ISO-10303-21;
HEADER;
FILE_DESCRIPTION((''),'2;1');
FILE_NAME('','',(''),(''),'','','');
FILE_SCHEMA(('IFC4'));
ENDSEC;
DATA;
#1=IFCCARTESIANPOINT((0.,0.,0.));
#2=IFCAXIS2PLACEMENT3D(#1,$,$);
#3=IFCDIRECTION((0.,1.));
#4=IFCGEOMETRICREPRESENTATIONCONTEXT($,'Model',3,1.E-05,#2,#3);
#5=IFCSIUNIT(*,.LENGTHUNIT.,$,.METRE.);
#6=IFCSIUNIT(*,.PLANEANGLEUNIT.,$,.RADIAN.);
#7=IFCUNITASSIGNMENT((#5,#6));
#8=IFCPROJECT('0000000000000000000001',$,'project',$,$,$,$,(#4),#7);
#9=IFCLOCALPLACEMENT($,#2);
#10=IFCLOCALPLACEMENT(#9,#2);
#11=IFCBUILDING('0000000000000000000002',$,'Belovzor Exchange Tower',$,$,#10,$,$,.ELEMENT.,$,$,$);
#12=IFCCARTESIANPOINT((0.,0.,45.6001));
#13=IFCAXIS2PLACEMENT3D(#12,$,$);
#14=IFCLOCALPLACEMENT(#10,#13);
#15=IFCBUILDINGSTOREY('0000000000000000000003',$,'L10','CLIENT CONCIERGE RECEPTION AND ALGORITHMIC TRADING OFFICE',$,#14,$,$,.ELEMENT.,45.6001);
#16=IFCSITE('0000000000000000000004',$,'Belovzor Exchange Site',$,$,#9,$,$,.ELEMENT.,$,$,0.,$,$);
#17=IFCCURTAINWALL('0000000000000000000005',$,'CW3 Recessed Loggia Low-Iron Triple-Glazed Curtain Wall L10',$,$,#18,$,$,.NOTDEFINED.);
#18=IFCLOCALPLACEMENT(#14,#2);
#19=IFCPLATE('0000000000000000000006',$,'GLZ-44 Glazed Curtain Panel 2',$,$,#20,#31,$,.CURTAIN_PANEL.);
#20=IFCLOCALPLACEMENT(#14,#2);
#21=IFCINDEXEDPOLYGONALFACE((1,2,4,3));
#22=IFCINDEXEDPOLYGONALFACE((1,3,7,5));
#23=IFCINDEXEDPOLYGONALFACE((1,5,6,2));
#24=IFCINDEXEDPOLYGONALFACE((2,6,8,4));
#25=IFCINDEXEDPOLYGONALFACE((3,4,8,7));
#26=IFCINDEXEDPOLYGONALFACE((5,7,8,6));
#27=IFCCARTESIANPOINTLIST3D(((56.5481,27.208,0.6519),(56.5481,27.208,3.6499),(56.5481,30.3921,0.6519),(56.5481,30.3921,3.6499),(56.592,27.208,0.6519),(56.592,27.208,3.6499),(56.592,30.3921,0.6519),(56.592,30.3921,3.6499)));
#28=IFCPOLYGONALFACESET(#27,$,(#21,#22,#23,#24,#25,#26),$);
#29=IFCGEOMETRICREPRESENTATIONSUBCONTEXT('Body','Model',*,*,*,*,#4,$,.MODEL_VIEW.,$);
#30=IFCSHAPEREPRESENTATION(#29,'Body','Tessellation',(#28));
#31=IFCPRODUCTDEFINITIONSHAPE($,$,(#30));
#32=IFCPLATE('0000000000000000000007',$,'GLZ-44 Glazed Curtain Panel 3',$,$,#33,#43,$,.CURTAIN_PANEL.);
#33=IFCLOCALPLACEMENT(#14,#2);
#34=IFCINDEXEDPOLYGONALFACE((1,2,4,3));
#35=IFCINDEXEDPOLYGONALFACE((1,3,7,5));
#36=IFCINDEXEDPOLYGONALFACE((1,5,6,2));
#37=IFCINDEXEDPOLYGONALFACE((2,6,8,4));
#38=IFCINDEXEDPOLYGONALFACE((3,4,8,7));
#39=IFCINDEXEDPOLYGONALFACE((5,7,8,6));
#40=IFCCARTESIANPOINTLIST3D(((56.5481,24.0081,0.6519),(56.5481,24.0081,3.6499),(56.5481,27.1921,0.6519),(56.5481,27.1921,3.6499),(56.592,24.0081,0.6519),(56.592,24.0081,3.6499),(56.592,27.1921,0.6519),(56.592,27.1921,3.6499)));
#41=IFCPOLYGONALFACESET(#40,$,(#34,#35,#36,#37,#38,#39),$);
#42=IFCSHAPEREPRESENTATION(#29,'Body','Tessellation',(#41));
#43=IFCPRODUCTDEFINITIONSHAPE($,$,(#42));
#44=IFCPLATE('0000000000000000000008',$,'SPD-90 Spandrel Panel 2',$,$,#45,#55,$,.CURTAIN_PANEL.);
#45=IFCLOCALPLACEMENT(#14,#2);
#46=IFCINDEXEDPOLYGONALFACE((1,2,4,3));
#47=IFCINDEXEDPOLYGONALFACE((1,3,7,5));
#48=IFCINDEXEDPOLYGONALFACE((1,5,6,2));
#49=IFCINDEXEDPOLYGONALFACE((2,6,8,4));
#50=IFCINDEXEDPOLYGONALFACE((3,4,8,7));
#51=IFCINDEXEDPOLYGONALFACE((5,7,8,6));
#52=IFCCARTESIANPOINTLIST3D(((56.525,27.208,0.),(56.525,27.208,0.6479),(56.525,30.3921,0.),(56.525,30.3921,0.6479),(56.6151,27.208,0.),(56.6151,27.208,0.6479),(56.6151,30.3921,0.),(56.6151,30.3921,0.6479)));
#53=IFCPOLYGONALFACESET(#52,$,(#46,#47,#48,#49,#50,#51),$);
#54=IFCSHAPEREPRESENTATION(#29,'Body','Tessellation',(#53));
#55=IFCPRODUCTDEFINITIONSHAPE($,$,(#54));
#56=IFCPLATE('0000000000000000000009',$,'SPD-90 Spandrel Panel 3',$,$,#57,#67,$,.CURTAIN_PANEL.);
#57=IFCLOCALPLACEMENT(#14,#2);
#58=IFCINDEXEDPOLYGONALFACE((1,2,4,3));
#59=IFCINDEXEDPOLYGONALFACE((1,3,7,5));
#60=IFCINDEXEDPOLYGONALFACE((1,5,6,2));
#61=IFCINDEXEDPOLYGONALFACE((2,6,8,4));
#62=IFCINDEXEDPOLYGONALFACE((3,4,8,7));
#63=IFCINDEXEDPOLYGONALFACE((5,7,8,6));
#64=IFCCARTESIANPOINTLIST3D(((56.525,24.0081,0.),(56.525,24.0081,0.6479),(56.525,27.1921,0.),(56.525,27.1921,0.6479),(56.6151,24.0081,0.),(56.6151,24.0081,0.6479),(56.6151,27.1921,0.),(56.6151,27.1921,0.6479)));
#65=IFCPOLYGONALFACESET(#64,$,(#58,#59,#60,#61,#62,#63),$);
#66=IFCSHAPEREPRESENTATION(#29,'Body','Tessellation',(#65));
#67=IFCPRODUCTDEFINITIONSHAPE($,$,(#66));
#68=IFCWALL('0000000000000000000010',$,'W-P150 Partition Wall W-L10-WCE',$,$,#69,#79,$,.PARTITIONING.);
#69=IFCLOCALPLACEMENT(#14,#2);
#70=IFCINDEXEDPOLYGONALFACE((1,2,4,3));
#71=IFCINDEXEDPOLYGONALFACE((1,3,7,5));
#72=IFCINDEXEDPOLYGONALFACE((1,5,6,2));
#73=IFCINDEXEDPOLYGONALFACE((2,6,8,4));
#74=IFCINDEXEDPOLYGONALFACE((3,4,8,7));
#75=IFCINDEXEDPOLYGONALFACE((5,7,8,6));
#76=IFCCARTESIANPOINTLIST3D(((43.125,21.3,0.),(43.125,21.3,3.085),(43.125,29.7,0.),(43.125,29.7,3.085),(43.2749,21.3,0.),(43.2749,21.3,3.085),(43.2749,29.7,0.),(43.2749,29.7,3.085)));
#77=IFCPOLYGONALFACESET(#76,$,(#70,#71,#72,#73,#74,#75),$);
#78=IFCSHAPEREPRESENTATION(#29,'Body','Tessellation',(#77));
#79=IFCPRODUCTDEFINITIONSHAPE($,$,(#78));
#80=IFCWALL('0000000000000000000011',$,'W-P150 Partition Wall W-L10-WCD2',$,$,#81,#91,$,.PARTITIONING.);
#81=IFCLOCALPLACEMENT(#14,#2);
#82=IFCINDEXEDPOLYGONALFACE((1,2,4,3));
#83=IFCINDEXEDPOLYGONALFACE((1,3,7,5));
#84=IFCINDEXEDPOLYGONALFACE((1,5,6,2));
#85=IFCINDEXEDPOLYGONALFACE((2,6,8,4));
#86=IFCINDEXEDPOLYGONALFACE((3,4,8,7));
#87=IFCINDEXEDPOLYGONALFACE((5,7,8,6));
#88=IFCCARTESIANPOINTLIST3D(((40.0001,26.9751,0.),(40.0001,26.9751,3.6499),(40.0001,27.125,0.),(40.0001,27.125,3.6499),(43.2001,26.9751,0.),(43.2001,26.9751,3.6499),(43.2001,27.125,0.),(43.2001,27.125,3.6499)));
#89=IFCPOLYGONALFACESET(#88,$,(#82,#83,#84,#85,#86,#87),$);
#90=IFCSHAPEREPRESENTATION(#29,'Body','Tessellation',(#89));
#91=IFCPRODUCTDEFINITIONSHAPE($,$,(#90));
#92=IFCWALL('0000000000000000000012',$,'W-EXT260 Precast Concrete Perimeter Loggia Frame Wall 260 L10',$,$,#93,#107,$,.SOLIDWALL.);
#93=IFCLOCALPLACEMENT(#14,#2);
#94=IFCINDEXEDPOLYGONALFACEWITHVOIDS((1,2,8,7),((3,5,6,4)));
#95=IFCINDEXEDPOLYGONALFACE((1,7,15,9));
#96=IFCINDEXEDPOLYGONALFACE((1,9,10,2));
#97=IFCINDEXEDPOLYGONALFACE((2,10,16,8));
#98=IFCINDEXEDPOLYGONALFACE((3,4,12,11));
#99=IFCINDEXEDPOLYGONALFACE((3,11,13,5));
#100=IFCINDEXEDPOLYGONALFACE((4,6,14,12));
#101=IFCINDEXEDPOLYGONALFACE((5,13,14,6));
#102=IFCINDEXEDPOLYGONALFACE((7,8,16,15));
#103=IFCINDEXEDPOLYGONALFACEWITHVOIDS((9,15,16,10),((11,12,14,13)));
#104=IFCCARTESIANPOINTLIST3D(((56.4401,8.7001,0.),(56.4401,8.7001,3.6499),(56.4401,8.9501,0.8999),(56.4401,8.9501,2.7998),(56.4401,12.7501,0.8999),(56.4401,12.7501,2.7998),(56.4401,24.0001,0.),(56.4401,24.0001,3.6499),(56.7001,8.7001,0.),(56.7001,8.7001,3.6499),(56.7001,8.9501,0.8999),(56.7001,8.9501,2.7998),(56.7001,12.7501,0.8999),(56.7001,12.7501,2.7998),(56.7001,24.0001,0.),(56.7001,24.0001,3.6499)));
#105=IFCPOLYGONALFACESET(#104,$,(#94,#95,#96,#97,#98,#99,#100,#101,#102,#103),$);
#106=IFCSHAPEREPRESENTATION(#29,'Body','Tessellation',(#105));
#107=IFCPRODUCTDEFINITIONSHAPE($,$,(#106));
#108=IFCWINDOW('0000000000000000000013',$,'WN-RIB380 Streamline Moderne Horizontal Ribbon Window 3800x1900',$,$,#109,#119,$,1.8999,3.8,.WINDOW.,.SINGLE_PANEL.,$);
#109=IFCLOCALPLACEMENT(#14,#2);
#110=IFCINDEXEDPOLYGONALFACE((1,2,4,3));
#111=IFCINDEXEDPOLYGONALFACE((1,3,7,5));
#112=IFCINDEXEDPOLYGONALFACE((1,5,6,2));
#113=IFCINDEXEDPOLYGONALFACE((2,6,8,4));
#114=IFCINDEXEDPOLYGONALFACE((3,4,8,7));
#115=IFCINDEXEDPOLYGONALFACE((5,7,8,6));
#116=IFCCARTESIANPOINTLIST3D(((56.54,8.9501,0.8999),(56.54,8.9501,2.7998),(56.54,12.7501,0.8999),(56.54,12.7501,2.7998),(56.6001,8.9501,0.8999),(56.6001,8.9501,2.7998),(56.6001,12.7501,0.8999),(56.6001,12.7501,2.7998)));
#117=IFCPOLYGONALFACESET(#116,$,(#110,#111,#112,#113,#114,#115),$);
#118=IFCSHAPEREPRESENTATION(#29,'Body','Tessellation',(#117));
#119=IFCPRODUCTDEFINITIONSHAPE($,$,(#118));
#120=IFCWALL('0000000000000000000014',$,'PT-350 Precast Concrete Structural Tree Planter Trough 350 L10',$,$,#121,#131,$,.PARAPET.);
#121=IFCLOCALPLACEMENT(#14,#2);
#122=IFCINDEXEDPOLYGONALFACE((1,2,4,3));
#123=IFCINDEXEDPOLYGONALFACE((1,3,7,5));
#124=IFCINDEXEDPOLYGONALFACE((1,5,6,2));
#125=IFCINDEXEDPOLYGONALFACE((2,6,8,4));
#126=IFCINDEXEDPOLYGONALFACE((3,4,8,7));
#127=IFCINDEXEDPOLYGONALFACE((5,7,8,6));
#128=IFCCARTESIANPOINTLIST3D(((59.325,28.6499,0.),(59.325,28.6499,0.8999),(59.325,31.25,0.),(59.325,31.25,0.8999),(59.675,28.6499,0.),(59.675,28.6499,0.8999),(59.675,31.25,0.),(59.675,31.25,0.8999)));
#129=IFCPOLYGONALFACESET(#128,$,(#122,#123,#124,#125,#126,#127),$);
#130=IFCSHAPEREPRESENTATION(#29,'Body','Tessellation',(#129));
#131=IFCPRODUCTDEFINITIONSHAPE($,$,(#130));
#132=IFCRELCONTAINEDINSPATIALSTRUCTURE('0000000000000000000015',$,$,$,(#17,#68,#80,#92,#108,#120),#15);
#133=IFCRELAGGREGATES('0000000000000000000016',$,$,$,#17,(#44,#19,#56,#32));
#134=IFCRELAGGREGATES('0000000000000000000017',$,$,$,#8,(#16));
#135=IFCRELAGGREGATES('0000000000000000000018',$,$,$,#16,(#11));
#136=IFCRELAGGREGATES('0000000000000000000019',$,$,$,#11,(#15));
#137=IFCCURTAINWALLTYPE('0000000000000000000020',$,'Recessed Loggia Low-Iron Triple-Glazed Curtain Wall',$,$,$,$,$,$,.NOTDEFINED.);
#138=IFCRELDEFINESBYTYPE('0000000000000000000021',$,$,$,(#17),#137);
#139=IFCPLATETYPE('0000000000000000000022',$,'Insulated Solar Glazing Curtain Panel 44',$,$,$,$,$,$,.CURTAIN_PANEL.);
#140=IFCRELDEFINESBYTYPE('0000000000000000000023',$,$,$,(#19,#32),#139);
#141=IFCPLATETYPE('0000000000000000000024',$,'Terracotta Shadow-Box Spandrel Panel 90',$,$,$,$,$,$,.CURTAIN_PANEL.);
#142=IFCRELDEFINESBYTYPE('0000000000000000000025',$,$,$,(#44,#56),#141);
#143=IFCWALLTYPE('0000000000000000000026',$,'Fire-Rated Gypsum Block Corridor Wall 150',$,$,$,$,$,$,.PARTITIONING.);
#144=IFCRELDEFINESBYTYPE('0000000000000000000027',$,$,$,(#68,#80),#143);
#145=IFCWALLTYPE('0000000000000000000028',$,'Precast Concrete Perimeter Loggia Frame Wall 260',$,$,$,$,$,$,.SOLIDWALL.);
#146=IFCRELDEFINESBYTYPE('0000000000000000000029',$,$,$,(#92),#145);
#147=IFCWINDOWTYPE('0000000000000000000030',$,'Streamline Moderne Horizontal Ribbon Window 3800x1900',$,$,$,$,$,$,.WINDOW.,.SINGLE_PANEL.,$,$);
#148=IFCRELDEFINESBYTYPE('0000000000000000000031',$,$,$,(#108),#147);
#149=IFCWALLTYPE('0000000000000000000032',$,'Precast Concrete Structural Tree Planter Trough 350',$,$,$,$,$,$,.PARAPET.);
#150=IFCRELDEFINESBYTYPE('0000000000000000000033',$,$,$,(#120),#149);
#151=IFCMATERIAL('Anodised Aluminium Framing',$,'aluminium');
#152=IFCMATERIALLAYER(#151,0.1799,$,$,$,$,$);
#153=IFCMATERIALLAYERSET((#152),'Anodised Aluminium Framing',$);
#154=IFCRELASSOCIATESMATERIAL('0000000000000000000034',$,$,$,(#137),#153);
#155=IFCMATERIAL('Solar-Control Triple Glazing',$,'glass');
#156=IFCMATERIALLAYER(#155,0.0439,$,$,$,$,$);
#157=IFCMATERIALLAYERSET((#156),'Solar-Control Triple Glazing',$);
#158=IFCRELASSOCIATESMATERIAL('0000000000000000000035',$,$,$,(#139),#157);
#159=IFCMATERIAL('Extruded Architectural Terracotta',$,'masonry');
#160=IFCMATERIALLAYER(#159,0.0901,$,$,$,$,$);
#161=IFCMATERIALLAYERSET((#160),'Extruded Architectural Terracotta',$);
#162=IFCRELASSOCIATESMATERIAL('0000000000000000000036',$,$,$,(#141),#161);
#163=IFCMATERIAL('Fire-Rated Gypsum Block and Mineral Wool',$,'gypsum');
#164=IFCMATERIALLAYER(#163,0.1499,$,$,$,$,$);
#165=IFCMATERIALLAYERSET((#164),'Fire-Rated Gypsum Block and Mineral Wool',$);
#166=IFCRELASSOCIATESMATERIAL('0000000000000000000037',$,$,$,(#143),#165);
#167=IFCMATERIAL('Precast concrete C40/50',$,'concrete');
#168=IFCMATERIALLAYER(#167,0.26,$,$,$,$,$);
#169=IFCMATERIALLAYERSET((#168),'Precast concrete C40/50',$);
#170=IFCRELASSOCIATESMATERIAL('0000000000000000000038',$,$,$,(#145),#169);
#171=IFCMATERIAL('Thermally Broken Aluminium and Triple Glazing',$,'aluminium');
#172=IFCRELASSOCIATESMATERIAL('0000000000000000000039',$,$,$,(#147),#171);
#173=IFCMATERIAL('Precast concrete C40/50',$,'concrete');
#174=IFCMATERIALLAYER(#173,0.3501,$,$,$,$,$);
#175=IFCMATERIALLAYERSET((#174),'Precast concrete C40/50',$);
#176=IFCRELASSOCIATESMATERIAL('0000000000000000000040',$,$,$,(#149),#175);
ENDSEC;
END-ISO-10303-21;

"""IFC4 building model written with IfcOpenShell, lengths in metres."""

from ifc_helpers import new_model, si_unit, direction, frame, frame_2d, origin, origin_2d, place, context, subcontext, project, spatial, rectangle, extrude, material, layer, layer_set, type_object, element, fill, aggregate, save


model = new_model("IFC4")

# Units and contexts
model_context = context("Model", 3, precision=1e-05, world=origin(), true_north=direction((0.0, 1.0)))
body_context = subcontext(model_context, "Body", "Model", "MODEL_VIEW")
ifc_project = project(units=[si_unit("LENGTHUNIT", "METRE"), si_unit("PLANEANGLEUNIT", "RADIAN")], contexts=[model_context])

# Site, building, storey
site_placement = place(None, origin())
site = spatial("IfcSite", under=ifc_project, at=site_placement, Name="Belovzor Exchange Site", CompositionType="ELEMENT", RefElevation=0.0)
building_placement = place(site_placement, origin())
building = spatial("IfcBuilding", under=site, at=building_placement, Name="Belovzor Exchange Tower", CompositionType="ELEMENT")
storey_placement = place(building_placement, frame((0.0, 0.0, 45.6001)))
storey = spatial("IfcBuildingStorey", under=building, at=storey_placement, Name="L10", Description="CLIENT CONCIERGE RECEPTION AND ALGORITHMIC TRADING OFFICE", CompositionType="ELEMENT", Elevation=45.6001)

# Curtain wall
ifc_material_1 = material(Name="Anodised Aluminium Framing", Category="aluminium")
ifc_layer_1 = layer(ifc_material_1, 0.1799)
ifc_layer_set_1 = layer_set([ifc_layer_1], Name="Anodised Aluminium Framing")
curtain_wall_type = type_object("IfcCurtainWallType", Name="Recessed Loggia Low-Iron Triple-Glazed Curtain Wall", PredefinedType="NOTDEFINED", material=ifc_layer_set_1)
curtain_wall_placement = place(storey_placement, origin())
curtain_wall = element("IfcCurtainWall", 1, at=curtain_wall_placement, inside=storey, type_object=curtain_wall_type, Name="CW3 Recessed Loggia Low-Iron Triple-Glazed Curtain Wall L10", PredefinedType="NOTDEFINED")

# Plates
ifc_material_2 = material(Name="Solar-Control Triple Glazing", Category="glass")
ifc_layer_2 = layer(ifc_material_2, 0.0439)
ifc_layer_set_2 = layer_set([ifc_layer_2], Name="Solar-Control Triple Glazing")
plate_type_1 = type_object("IfcPlateType", Name="Insulated Solar Glazing Curtain Panel 44", PredefinedType="CURTAIN_PANEL", material=ifc_layer_set_2)
plate_1_placement = place(storey_placement, frame((56.5701, 28.8, 0.6519), z_axis=(0.0, 0.0, 1.0), x_axis=(0.0, -1.0, 0.0)))
plate_1 = element("IfcPlate", 2, at=plate_1_placement, type_object=plate_type_1, Name="GLZ-44 Glazed Curtain Panel 2", PredefinedType="CURTAIN_PANEL", context=body_context, shape_type="SweptSolid", body=[
    extrude(rectangle(XDim=3.1841, YDim=0.0439, at=origin_2d()), origin(), (0.0, 0.0, 1.0), 2.998),
])
plate_2_placement = place(storey_placement, frame((56.5701, 25.6001, 0.6519), z_axis=(0.0, 0.0, 1.0), x_axis=(0.0, -1.0, 0.0)))
plate_2 = element("IfcPlate", 3, at=plate_2_placement, type_object=plate_type_1, Name="GLZ-44 Glazed Curtain Panel 3", PredefinedType="CURTAIN_PANEL", context=body_context, shape_type="SweptSolid", body=[
    extrude(rectangle(XDim=3.1841, YDim=0.0439, at=origin_2d()), origin(), (0.0, 0.0, 1.0), 2.998),
])
ifc_material_3 = material(Name="Extruded Architectural Terracotta", Category="masonry")
ifc_layer_3 = layer(ifc_material_3, 0.0901)
ifc_layer_set_3 = layer_set([ifc_layer_3], Name="Extruded Architectural Terracotta")
plate_type_2 = type_object("IfcPlateType", Name="Terracotta Shadow-Box Spandrel Panel 90", PredefinedType="CURTAIN_PANEL", material=ifc_layer_set_3)
plate_3_placement = place(storey_placement, frame((56.5701, 28.8, 0.0), z_axis=(0.0, 0.0, 1.0), x_axis=(0.0, -1.0, 0.0)))
plate_3 = element("IfcPlate", 4, at=plate_3_placement, type_object=plate_type_2, Name="SPD-90 Spandrel Panel 2", PredefinedType="CURTAIN_PANEL", context=body_context, shape_type="SweptSolid", body=[
    extrude(rectangle(XDim=3.1841, YDim=0.0901, at=origin_2d()), origin(), (0.0, 0.0, 1.0), 0.6479),
])
plate_4_placement = place(storey_placement, frame((56.5701, 25.6001, 0.0), z_axis=(0.0, 0.0, 1.0), x_axis=(0.0, -1.0, 0.0)))
plate_4 = element("IfcPlate", 5, at=plate_4_placement, type_object=plate_type_2, Name="SPD-90 Spandrel Panel 3", PredefinedType="CURTAIN_PANEL", context=body_context, shape_type="SweptSolid", body=[
    extrude(rectangle(XDim=3.1841, YDim=0.0901, at=origin_2d()), origin(), (0.0, 0.0, 1.0), 0.6479),
])
aggregate(curtain_wall, [plate_3, plate_1, plate_4, plate_2])

# Walls
ifc_material_4 = material(Name="Fire-Rated Gypsum Block and Mineral Wool", Category="gypsum")
ifc_layer_4 = layer(ifc_material_4, 0.1499)
ifc_layer_set_4 = layer_set([ifc_layer_4], Name="Fire-Rated Gypsum Block and Mineral Wool")
wall_type_1 = type_object("IfcWallType", Name="Fire-Rated Gypsum Block Corridor Wall 150", PredefinedType="PARTITIONING", material=ifc_layer_set_4)
wall_1_placement = place(storey_placement, frame((43.2, 21.3, 0.0), z_axis=(0.0, 0.0, 1.0), x_axis=(0.0, 1.0, 0.0)))
element("IfcWall", 6, at=wall_1_placement, inside=storey, type_object=wall_type_1, Name="W-P150 Partition Wall W-L10-WCE", PredefinedType="PARTITIONING", context=body_context, shape_type="SweptSolid", body=[
    extrude(rectangle(XDim=8.3999, YDim=0.1499, at=frame_2d((4.2, 0.0))), origin(), (0.0, 0.0, 1.0), 3.085),
])
wall_2_placement = place(storey_placement, frame((40.0, 27.05, 0.0), z_axis=(0.0, 0.0, 1.0), x_axis=(1.0, 0.0, 0.0)))
element("IfcWall", 7, at=wall_2_placement, inside=storey, type_object=wall_type_1, Name="W-P150 Partition Wall W-L10-WCD2", PredefinedType="PARTITIONING", context=body_context, shape_type="SweptSolid", body=[
    extrude(rectangle(XDim=3.2, YDim=0.1499, at=frame_2d((1.6001, 0.0))), origin(), (0.0, 0.0, 1.0), 3.6499),
])

# Wall, opening, window
ifc_material_5 = material(Name="Precast concrete C40/50", Category="concrete")
ifc_layer_5 = layer(ifc_material_5, 0.26)
ifc_layer_set_5 = layer_set([ifc_layer_5], Name="Precast concrete C40/50")
wall_type_2 = type_object("IfcWallType", Name="Precast Concrete Perimeter Loggia Frame Wall 260", PredefinedType="SOLIDWALL", material=ifc_layer_set_5)
wall_3_placement = place(storey_placement, frame((56.5701, 24.0, 0.0), z_axis=(0.0, 0.0, 1.0), x_axis=(0.0, -1.0, 0.0)))
wall_3 = element("IfcWall", 8, at=wall_3_placement, inside=storey, type_object=wall_type_2, Name="W-EXT260 Precast Concrete Perimeter Loggia Frame Wall 260 L10", PredefinedType="SOLIDWALL", context=body_context, shape_type="SweptSolid", body=[
    extrude(rectangle(XDim=15.3, YDim=0.26, at=frame_2d((7.6499, 0.0))), origin(), (0.0, 0.0, 1.0), 3.6499),
])
opening_placement = place(wall_3_placement, frame((11.25, 0.0, 0.8999)))
opening = element("IfcOpeningElement", 9, at=opening_placement, cuts=wall_3, PredefinedType="OPENING", context=body_context, shape_type="SweptSolid", body=[
    extrude(rectangle(XDim=3.8, YDim=1.8999, at=frame_2d((1.8999, 0.95))), frame((0.0, 0.1399, 0.0), z_axis=(0.0, -1.0, 0.0), x_axis=(1.0, 0.0, 0.0)), (0.0, 0.0, 1.0), 0.28),
])
ifc_material_6 = material(Name="Thermally Broken Aluminium and Triple Glazing", Category="aluminium")
window_type = type_object("IfcWindowType", Name="Streamline Moderne Horizontal Ribbon Window 3800x1900", PartitioningType="SINGLE_PANEL", PredefinedType="WINDOW", material=ifc_material_6)
window_placement = place(opening_placement, origin())
window = element("IfcWindow", 10, at=window_placement, inside=storey, type_object=window_type, Name="WN-RIB380 Streamline Moderne Horizontal Ribbon Window 3800x1900", OverallHeight=1.8999, OverallWidth=3.8, PartitioningType="SINGLE_PANEL", PredefinedType="WINDOW", context=body_context, shape_type="SweptSolid", body=[
    extrude(rectangle(XDim=3.8, YDim=1.8999, at=frame_2d((1.8999, 0.95))), frame((0.0, 0.03, 0.0), z_axis=(0.0, -1.0, 0.0), x_axis=(1.0, 0.0, 0.0)), (0.0, 0.0, 1.0), 0.0601),
])
fill(opening, window)

# Wall
ifc_material_7 = material(Name="Precast concrete C40/50", Category="concrete")
ifc_layer_6 = layer(ifc_material_7, 0.3501)
ifc_layer_set_6 = layer_set([ifc_layer_6], Name="Precast concrete C40/50")
wall_type_3 = type_object("IfcWallType", Name="Precast Concrete Structural Tree Planter Trough 350", PredefinedType="PARAPET", material=ifc_layer_set_6)
wall_4_placement = place(storey_placement, frame((59.5, 28.6499, 0.0), z_axis=(0.0, 0.0, 1.0), x_axis=(0.0, 1.0, 0.0)))
element("IfcWall", 11, at=wall_4_placement, inside=storey, type_object=wall_type_3, Name="PT-350 Precast Concrete Structural Tree Planter Trough 350 L10", PredefinedType="PARAPET", context=body_context, shape_type="SweptSolid", body=[
    extrude(rectangle(XDim=2.6001, YDim=0.3501, at=frame_2d((1.3, 0.0))), origin(), (0.0, 0.0, 1.0), 0.8999),
])

save(model, "model.ifc")
